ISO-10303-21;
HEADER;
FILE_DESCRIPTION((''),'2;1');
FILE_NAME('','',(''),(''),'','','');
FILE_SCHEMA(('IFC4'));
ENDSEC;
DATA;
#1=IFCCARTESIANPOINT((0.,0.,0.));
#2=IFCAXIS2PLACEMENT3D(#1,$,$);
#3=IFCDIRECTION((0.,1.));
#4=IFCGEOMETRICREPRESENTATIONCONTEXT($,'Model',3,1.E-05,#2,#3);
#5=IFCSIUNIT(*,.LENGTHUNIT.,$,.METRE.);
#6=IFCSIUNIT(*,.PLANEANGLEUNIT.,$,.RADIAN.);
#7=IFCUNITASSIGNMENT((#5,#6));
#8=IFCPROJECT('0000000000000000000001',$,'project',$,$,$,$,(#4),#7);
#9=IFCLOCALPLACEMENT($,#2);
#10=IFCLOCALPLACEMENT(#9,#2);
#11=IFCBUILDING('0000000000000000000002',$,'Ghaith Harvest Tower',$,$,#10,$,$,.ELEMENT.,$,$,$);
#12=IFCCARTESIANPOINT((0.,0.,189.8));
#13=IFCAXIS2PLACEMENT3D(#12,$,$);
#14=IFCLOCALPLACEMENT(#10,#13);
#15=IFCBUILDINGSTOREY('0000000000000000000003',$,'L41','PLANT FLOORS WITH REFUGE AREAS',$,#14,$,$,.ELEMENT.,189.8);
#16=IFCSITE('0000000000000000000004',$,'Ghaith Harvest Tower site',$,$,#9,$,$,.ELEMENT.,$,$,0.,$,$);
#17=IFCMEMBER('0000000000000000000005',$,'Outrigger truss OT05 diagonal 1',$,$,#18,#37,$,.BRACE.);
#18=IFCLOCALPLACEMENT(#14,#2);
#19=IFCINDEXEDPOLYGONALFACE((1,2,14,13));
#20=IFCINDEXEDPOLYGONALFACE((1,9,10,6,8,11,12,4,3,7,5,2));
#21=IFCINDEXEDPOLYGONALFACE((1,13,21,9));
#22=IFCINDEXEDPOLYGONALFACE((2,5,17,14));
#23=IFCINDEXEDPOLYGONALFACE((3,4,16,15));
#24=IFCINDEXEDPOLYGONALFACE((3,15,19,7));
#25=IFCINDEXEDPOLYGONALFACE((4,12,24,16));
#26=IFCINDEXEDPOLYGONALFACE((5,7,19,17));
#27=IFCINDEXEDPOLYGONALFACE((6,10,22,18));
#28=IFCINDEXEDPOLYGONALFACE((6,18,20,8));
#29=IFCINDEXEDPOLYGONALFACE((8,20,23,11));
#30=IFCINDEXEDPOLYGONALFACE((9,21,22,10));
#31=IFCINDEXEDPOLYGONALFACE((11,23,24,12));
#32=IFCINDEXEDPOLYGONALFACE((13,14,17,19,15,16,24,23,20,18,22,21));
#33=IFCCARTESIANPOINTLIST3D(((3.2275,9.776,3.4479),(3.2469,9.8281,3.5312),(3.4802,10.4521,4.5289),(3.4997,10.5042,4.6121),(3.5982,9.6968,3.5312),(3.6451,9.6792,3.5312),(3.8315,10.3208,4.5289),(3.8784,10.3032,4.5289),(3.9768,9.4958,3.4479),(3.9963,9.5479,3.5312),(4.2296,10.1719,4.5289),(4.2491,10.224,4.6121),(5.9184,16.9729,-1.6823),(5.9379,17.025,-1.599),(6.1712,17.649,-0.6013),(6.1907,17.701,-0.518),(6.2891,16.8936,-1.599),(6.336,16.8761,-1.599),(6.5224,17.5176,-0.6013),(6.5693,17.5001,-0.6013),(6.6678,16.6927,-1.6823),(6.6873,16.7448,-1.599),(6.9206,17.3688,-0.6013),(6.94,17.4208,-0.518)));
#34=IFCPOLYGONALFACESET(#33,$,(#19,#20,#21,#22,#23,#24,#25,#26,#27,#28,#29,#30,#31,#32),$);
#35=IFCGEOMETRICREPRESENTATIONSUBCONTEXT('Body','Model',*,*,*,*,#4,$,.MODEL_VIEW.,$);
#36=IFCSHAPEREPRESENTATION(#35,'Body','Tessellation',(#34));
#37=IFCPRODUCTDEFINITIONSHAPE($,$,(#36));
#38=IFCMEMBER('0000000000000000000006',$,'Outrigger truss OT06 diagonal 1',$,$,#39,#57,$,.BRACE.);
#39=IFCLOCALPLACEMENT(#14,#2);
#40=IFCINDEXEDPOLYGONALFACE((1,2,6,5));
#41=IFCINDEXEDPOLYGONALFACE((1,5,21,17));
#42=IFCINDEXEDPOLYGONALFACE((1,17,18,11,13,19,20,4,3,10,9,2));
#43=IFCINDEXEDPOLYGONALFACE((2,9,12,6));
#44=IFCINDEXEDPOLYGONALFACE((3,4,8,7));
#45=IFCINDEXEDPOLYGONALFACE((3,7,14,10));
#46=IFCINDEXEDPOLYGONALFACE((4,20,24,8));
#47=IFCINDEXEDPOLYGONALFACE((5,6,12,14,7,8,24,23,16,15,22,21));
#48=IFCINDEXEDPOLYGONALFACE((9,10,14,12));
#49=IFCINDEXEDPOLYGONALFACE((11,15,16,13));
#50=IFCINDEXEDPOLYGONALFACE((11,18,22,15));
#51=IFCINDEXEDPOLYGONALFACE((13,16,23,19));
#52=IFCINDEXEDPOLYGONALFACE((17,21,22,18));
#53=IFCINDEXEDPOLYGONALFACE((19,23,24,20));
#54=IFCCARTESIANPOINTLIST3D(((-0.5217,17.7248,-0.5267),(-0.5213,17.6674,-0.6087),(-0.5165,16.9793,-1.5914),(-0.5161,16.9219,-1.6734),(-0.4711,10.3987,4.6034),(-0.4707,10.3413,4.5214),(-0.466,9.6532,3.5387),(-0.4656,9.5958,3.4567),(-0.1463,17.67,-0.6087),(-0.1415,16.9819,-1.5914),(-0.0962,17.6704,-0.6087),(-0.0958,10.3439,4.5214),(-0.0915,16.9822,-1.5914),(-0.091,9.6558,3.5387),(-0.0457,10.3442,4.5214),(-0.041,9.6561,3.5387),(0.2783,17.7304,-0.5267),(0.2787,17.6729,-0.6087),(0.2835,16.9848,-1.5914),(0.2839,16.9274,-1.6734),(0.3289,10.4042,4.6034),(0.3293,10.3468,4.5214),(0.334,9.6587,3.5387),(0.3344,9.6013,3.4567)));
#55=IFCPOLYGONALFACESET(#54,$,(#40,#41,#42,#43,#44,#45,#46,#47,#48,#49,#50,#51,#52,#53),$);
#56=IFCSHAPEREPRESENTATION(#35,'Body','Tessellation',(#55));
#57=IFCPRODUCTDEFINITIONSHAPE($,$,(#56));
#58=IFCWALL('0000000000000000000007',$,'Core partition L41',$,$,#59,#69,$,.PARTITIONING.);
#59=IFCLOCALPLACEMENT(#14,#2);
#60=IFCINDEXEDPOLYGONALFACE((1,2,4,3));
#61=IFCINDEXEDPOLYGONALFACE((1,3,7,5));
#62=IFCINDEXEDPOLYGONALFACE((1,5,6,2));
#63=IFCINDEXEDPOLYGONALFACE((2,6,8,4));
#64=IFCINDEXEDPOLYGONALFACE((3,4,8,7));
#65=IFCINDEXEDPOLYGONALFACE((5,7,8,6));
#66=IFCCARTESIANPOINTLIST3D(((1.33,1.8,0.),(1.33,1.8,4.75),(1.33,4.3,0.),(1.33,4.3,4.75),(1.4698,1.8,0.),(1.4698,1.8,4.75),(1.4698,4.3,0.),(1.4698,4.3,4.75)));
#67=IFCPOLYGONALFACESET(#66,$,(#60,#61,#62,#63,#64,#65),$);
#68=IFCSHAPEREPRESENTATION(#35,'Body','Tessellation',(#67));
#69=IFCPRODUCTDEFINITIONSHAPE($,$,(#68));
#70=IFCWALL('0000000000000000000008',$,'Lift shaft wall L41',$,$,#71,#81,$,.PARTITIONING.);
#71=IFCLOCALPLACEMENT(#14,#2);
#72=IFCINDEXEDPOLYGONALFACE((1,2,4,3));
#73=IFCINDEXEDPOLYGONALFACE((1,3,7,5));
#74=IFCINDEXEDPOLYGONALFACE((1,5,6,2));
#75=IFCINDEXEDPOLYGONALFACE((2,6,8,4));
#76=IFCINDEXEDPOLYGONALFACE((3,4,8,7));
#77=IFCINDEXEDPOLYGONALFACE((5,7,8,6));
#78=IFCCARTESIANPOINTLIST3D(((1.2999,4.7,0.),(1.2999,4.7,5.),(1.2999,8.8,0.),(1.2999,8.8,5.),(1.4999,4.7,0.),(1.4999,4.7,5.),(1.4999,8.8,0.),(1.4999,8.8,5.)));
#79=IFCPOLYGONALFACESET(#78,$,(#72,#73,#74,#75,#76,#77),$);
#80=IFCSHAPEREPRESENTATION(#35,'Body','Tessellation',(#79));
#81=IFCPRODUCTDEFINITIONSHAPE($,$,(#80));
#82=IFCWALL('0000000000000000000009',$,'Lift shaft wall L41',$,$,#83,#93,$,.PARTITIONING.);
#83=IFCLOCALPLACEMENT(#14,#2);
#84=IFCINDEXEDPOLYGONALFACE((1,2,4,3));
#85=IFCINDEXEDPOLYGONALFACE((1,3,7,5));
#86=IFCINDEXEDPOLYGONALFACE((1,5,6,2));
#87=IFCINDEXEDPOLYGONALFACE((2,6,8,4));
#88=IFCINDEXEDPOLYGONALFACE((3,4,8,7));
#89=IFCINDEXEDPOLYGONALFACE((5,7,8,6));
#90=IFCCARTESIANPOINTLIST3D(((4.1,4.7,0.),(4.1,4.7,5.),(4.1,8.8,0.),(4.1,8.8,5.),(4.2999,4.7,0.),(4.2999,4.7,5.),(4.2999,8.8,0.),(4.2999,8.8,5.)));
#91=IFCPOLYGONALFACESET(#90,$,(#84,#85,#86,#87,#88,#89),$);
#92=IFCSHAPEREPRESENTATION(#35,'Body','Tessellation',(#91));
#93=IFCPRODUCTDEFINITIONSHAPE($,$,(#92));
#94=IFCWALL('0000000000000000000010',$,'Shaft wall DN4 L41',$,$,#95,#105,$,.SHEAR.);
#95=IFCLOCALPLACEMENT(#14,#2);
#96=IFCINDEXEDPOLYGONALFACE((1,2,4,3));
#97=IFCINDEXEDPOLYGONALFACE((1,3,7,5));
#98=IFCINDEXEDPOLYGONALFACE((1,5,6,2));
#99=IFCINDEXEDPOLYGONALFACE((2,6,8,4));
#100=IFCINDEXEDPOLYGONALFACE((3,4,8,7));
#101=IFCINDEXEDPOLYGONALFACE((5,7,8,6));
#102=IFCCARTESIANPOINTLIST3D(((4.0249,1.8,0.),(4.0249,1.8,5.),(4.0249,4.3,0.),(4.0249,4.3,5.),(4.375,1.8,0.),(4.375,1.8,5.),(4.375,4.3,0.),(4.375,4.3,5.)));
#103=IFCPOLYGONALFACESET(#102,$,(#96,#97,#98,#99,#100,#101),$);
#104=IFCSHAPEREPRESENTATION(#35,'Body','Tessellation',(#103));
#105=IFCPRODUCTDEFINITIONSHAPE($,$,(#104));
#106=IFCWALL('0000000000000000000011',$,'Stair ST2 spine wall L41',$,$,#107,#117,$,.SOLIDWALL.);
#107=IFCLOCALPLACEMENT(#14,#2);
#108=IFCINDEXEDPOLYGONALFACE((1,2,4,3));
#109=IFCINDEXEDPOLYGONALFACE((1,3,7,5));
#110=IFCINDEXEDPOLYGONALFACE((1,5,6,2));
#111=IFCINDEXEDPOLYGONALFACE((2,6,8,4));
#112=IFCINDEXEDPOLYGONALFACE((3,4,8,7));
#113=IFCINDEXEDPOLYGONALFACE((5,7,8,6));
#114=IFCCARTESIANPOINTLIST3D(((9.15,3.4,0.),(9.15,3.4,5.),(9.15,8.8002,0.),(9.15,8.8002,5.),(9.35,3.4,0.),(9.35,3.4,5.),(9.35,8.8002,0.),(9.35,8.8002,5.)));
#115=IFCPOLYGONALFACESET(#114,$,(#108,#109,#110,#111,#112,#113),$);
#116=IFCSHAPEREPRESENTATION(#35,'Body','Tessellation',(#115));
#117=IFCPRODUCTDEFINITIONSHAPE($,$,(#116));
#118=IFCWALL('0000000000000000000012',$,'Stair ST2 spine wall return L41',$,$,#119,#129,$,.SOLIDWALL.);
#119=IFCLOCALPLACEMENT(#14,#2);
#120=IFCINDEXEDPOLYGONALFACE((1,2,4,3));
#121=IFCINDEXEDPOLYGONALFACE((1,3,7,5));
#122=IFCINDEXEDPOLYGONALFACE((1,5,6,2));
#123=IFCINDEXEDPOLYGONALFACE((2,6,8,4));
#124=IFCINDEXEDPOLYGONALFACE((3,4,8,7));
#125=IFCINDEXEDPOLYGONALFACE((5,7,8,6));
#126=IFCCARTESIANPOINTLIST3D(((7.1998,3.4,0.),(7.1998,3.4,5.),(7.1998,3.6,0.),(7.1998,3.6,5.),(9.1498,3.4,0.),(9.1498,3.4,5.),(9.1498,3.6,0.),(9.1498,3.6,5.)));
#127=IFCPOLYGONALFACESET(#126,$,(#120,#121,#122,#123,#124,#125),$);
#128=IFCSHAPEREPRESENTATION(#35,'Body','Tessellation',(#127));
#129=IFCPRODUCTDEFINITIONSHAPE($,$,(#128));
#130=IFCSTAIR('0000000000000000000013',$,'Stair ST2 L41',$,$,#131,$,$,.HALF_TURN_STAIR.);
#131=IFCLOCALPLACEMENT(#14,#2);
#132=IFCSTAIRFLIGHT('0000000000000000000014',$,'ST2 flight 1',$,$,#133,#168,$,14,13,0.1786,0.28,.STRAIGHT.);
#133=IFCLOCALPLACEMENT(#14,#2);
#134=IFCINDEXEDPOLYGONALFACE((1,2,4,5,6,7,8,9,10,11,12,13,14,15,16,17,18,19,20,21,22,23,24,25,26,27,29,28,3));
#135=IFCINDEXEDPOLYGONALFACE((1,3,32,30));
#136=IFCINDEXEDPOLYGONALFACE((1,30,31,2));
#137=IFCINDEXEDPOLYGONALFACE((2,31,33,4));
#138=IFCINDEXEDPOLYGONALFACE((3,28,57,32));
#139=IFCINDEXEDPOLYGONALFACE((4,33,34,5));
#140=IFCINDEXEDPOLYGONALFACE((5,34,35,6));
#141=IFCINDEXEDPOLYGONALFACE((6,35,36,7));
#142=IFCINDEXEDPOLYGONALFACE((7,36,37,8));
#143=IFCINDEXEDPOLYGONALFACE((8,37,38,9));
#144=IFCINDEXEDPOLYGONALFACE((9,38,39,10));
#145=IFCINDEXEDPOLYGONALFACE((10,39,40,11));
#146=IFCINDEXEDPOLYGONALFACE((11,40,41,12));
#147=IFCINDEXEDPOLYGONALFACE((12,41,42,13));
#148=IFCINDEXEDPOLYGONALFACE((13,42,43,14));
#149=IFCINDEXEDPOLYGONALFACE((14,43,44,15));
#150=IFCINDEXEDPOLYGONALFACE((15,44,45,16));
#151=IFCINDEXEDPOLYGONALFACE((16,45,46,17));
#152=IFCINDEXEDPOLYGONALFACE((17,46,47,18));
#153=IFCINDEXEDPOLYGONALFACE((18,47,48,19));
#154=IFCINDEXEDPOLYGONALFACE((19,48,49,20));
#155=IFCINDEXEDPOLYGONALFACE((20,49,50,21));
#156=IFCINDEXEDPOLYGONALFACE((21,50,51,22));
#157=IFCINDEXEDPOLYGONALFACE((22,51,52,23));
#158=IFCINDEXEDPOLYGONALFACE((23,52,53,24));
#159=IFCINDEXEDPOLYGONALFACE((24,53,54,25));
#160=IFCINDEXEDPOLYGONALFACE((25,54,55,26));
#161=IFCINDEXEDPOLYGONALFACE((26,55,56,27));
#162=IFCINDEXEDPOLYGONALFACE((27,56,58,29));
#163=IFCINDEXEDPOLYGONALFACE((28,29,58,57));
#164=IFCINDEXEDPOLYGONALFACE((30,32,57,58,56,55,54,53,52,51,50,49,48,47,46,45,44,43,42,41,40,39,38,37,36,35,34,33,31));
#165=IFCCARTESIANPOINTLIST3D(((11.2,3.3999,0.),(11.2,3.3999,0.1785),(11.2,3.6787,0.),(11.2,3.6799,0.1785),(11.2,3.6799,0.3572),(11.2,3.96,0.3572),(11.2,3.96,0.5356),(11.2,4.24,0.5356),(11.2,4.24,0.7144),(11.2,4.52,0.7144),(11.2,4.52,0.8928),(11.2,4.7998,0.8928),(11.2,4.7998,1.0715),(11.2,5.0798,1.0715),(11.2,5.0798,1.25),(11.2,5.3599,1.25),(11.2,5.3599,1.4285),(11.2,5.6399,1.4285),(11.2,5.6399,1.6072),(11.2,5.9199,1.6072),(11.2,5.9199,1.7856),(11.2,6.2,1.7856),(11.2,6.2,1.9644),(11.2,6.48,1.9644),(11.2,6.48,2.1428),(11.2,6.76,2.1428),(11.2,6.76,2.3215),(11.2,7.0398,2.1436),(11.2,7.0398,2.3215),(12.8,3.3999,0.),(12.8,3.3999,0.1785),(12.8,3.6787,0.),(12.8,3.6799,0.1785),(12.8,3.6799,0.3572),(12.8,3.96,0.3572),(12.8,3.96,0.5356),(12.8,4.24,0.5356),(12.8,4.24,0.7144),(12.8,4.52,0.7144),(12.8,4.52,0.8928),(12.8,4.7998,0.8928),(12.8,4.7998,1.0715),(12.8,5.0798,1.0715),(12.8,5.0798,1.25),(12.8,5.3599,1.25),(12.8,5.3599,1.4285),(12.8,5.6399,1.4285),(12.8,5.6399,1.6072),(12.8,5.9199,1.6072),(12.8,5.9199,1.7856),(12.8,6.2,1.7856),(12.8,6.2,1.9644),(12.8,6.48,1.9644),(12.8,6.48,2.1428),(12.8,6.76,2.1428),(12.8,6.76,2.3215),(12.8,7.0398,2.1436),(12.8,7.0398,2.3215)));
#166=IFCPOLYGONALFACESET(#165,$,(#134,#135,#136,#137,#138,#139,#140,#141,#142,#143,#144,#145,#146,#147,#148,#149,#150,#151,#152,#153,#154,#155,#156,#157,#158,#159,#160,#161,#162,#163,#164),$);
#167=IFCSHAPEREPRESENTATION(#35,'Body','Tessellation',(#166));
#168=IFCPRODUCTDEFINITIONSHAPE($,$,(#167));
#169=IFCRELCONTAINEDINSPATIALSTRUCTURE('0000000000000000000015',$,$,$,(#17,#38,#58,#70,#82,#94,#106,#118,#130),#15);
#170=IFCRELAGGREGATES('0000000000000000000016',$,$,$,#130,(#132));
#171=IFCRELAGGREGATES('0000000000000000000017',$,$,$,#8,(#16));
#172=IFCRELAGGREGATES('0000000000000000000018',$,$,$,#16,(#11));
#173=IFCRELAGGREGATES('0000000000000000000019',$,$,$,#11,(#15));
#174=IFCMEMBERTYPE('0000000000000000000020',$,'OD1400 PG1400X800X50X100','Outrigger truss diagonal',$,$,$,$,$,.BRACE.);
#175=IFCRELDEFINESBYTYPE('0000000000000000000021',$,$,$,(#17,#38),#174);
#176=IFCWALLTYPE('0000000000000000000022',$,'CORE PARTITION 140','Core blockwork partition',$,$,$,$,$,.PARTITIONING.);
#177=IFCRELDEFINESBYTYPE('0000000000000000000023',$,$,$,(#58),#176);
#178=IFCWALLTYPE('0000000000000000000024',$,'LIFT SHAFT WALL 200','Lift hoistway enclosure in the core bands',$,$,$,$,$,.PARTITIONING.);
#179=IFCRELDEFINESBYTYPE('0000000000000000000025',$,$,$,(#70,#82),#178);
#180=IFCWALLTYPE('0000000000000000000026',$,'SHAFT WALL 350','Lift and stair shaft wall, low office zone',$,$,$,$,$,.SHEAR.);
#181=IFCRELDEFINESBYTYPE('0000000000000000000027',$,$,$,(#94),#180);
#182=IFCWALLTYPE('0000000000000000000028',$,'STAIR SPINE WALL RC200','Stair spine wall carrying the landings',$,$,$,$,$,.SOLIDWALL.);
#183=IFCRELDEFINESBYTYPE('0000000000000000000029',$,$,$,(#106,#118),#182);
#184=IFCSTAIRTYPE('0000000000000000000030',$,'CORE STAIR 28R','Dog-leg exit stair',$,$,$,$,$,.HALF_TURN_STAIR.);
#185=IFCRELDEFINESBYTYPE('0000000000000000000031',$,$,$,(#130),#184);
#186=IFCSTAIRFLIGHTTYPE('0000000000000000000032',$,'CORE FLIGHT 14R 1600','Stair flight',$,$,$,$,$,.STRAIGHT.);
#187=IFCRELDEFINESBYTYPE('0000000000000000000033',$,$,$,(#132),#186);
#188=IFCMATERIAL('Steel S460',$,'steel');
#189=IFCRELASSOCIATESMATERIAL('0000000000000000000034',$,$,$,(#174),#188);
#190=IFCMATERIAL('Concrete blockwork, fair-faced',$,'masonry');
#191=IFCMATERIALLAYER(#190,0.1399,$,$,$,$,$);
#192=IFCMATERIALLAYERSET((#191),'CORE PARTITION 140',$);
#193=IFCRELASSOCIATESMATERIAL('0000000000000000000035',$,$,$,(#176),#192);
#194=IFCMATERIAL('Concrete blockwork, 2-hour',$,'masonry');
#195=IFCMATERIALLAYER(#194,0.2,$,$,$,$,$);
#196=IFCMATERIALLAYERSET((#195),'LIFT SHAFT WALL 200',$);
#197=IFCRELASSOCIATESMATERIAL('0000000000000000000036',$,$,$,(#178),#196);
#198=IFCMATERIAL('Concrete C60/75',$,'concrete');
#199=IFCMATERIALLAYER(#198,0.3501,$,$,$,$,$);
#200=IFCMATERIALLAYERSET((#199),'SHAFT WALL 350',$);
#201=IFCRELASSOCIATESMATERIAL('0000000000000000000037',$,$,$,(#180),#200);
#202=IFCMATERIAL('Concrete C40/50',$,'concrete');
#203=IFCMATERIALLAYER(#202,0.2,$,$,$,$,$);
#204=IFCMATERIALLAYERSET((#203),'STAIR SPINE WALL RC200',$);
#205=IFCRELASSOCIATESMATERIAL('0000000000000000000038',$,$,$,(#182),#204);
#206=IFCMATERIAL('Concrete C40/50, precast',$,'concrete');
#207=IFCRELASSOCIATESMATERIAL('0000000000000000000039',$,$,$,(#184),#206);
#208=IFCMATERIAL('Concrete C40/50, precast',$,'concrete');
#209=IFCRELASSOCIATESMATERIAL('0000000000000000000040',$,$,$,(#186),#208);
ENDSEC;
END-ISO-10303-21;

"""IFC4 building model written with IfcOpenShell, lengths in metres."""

from ifc_helpers import new_model, si_unit, direction, frame, frame_2d, origin, origin_2d, place, context, subcontext, project, spatial, polyline, rectangle, i_section, outline, extrude, material, layer, layer_set, material_profile, profile_set, type_object, element, aggregate, save


model = new_model("IFC4")

# Units and contexts
model_context = context("Model", 3, precision=1e-05, world=origin(), true_north=direction((0.0, 1.0)))
body_context = subcontext(model_context, "Body", "Model", "MODEL_VIEW")
ifc_project = project(units=[si_unit("LENGTHUNIT", "METRE"), si_unit("PLANEANGLEUNIT", "RADIAN")], contexts=[model_context])

# Site, building, storey
site_placement = place(None, origin())
site = spatial("IfcSite", under=ifc_project, at=site_placement, Name="Ghaith Harvest Tower site", CompositionType="ELEMENT", RefElevation=0.0)
building_placement = place(site_placement, origin())
building = spatial("IfcBuilding", under=site, at=building_placement, Name="Ghaith Harvest Tower", CompositionType="ELEMENT")
storey_placement = place(building_placement, frame((0.0, 0.0, 189.8)))
storey = spatial("IfcBuildingStorey", under=building, at=storey_placement, Name="L41", Description="PLANT FLOORS WITH REFUGE AREAS", CompositionType="ELEMENT", Elevation=189.8)

# Members
ifc_material_1 = material(Name="Steel S460", Category="steel")
ifc_material_profile_1 = material_profile(ifc_material_1, i_section(OverallWidth=0.8, OverallDepth=1.3999, WebThickness=0.05, FlangeThickness=0.1001, at=origin_2d()), Name="PG1400X800X50X100")
ifc_profile_set_1 = profile_set([ifc_material_profile_1], Name="Steel S460")
member_type_1 = type_object("IfcMemberType", Name="OD1400 PG1400X800X50X100", Description="Outrigger truss diagonal", PredefinedType="BRACE", material=ifc_profile_set_1)
member_1_placement = place(storey_placement, frame((3.7383, 10.0, 4.03), z_axis=(0.291267, 0.778985, -0.555289), x_axis=(-0.936666, 0.350225, 0.0)))
element("IfcMember", 1, at=member_1_placement, inside=storey, type_object=member_type_1, Name="Outrigger truss OT05 diagonal 1", PredefinedType="BRACE", context=body_context, shape_type="SweptSolid", body=[
    extrude(i_section(OverallWidth=0.8, OverallDepth=1.3999, WebThickness=0.05, FlangeThickness=0.1001, at=origin_2d()), origin(), (0.0, 0.0, 1.0), 9.2388),
])
member_2_placement = place(storey_placement, frame((-0.0684, 10.0, 4.03), z_axis=(-0.00565, 0.819124, -0.573589), x_axis=(-0.999976, -0.006898, 0.0)))
element("IfcMember", 2, at=member_2_placement, inside=storey, type_object=member_type_1, Name="Outrigger truss OT06 diagonal 1", PredefinedType="BRACE", context=body_context, shape_type="SweptSolid", body=[
    extrude(i_section(OverallWidth=0.8, OverallDepth=1.3999, WebThickness=0.05, FlangeThickness=0.1001, at=origin_2d()), origin(), (0.0, 0.0, 1.0), 8.9438),
])

# Walls
ifc_material_2 = material(Name="Concrete blockwork, fair-faced", Category="masonry")
ifc_layer_1 = layer(ifc_material_2, 0.1399)
ifc_layer_set_1 = layer_set([ifc_layer_1], Name="CORE PARTITION 140")
wall_type_1 = type_object("IfcWallType", Name="CORE PARTITION 140", Description="Core blockwork partition", PredefinedType="PARTITIONING", material=ifc_layer_set_1)
wall_1_placement = place(storey_placement, frame((1.3999, 1.8, 0.0), z_axis=(0.0, 0.0, 1.0), x_axis=(0.0, 1.0, 0.0)))
element("IfcWall", 3, at=wall_1_placement, inside=storey, type_object=wall_type_1, Name="Core partition L41", PredefinedType="PARTITIONING", context=body_context, shape_type="SweptSolid", body=[
    extrude(rectangle(XDim=2.5, YDim=0.1399, at=frame_2d((1.25, 0.0))), origin(), (0.0, 0.0, 1.0), 4.75),
])
ifc_material_3 = material(Name="Concrete blockwork, 2-hour", Category="masonry")
ifc_layer_2 = layer(ifc_material_3, 0.2)
ifc_layer_set_2 = layer_set([ifc_layer_2], Name="LIFT SHAFT WALL 200")
wall_type_2 = type_object("IfcWallType", Name="LIFT SHAFT WALL 200", Description="Lift hoistway enclosure in the core bands", PredefinedType="PARTITIONING", material=ifc_layer_set_2)
for number, where, z_axis, x_axis, name in (
    (4, (1.3999, 4.7, 0.0), (0.0, 0.0, 1.0), (0.0, 1.0, 0.0), "Lift shaft wall L41"),
    (5, (4.2, 4.7, 0.0), (0.0, 0.0, 1.0), (0.0, 1.0, 0.0), "Lift shaft wall L41"),
):
    element("IfcWall", number, at=place(storey_placement, frame(where, z_axis=z_axis, x_axis=x_axis)), inside=storey, type_object=wall_type_2, Name=name, PredefinedType="PARTITIONING", context=body_context, shape_type="SweptSolid", body=[
        extrude(rectangle(XDim=4.1001, YDim=0.2, at=frame_2d((2.05, 0.0))), origin(), (0.0, 0.0, 1.0), 5.0),
    ])

# Shared definitions
ifc_material_4 = material(Name="Concrete C60/75", Category="concrete")
ifc_layer_3 = layer(ifc_material_4, 0.3501)
ifc_layer_set_3 = layer_set([ifc_layer_3], Name="SHAFT WALL 350")
wall_type_3 = type_object("IfcWallType", Name="SHAFT WALL 350", Description="Lift and stair shaft wall, low office zone", PredefinedType="SHEAR", material=ifc_layer_set_3)

# Walls
wall_2_placement = place(storey_placement, frame((4.2, 1.8, 0.0), z_axis=(0.0, 0.0, 1.0), x_axis=(0.0, 1.0, 0.0)))
element("IfcWall", 6, at=wall_2_placement, inside=storey, type_object=wall_type_3, Name="Shaft wall DN4 L41", PredefinedType="SHEAR", context=body_context, shape_type="SweptSolid", body=[
    extrude(rectangle(XDim=2.5, YDim=0.3501, at=frame_2d((1.25, 0.0))), origin(), (0.0, 0.0, 1.0), 5.0),
])
ifc_material_5 = material(Name="Concrete C40/50", Category="concrete")
ifc_layer_4 = layer(ifc_material_5, 0.2)
ifc_layer_set_4 = layer_set([ifc_layer_4], Name="STAIR SPINE WALL RC200")
wall_type_4 = type_object("IfcWallType", Name="STAIR SPINE WALL RC200", Description="Stair spine wall carrying the landings", PredefinedType="SOLIDWALL", material=ifc_layer_set_4)
wall_3_placement = place(storey_placement, frame((9.25, 3.3999, 0.0), z_axis=(0.0, 0.0, 1.0), x_axis=(0.0, 1.0, 0.0)))
element("IfcWall", 7, at=wall_3_placement, inside=storey, type_object=wall_type_4, Name="Stair ST2 spine wall L41", PredefinedType="SOLIDWALL", context=body_context, shape_type="SweptSolid", body=[
    extrude(rectangle(XDim=5.4001, YDim=0.2, at=frame_2d((2.7002, 0.0))), origin(), (0.0, 0.0, 1.0), 5.0),
])
wall_4_placement = place(storey_placement, frame((9.1499, 3.5, 0.0), z_axis=(0.0, 0.0, 1.0), x_axis=(-1.0, 0.0, 0.0)))
element("IfcWall", 8, at=wall_4_placement, inside=storey, type_object=wall_type_4, Name="Stair ST2 spine wall return L41", PredefinedType="SOLIDWALL", context=body_context, shape_type="SweptSolid", body=[
    extrude(rectangle(XDim=1.95, YDim=0.2, at=frame_2d((0.9751, 0.0))), origin(), (0.0, 0.0, 1.0), 5.0),
])

# Stair, stair flight
ifc_material_6 = material(Name="Concrete C40/50, precast", Category="concrete")
stair_type = type_object("IfcStairType", Name="CORE STAIR 28R", Description="Dog-leg exit stair", PredefinedType="HALF_TURN_STAIR", material=ifc_material_6)
stair_placement = place(storey_placement, origin())
stair = element("IfcStair", 9, at=stair_placement, inside=storey, type_object=stair_type, Name="Stair ST2 L41", PredefinedType="HALF_TURN_STAIR")
ifc_material_7 = material(Name="Concrete C40/50, precast", Category="concrete")
stair_flight_type = type_object("IfcStairFlightType", Name="CORE FLIGHT 14R 1600", Description="Stair flight", PredefinedType="STRAIGHT", material=ifc_material_7)
stair_flight_1_placement = place(storey_placement, frame((12.0, 3.3999, 0.0), z_axis=(0.0, 0.0, 1.0), x_axis=(0.0, 1.0, 0.0)))
stair_flight_1 = element("IfcStairFlight", 10, at=stair_flight_1_placement, type_object=stair_flight_type, Name="ST2 flight 1", NumberOfRisers=14, NumberOfTreads=13, PredefinedType="STRAIGHT", RiserHeight=0.1786, TreadLength=0.28, context=body_context, shape_type="SweptSolid", body=[
    extrude(outline(polyline([(0.0, 0.0), (0.0, 0.1785), (0.28, 0.1785), (0.28, 0.3572), (0.5601, 0.3572), (0.5601, 0.5356), (0.8401, 0.5356), (0.8401, 0.7144), (1.1201, 0.7144), (1.1201, 0.8928), (1.3999, 0.8928), (1.3999, 1.0715), (1.6799, 1.0715), (1.6799, 1.25), (1.96, 1.25), (1.96, 1.4285), (2.24, 1.4285), (2.24, 1.6072), (2.52, 1.6072), (2.52, 1.7856), (2.8, 1.7856), (2.8, 1.9644), (3.0801, 1.9644), (3.0801, 2.1428), (3.3601, 2.1428), (3.3601, 2.3215), (3.6399, 2.3215), (3.6399, 2.5), (3.6399, 2.1436), (0.2788, 0.0), (0.0, 0.0)])), frame((0.0, 0.8, 0.0), z_axis=(0.0, -1.0, 0.0), x_axis=(1.0, 0.0, 0.0)), (0.0, 0.0, 1.0), 1.6001),
])
aggregate(stair, [stair_flight_1])

save(model, "model.ifc")
